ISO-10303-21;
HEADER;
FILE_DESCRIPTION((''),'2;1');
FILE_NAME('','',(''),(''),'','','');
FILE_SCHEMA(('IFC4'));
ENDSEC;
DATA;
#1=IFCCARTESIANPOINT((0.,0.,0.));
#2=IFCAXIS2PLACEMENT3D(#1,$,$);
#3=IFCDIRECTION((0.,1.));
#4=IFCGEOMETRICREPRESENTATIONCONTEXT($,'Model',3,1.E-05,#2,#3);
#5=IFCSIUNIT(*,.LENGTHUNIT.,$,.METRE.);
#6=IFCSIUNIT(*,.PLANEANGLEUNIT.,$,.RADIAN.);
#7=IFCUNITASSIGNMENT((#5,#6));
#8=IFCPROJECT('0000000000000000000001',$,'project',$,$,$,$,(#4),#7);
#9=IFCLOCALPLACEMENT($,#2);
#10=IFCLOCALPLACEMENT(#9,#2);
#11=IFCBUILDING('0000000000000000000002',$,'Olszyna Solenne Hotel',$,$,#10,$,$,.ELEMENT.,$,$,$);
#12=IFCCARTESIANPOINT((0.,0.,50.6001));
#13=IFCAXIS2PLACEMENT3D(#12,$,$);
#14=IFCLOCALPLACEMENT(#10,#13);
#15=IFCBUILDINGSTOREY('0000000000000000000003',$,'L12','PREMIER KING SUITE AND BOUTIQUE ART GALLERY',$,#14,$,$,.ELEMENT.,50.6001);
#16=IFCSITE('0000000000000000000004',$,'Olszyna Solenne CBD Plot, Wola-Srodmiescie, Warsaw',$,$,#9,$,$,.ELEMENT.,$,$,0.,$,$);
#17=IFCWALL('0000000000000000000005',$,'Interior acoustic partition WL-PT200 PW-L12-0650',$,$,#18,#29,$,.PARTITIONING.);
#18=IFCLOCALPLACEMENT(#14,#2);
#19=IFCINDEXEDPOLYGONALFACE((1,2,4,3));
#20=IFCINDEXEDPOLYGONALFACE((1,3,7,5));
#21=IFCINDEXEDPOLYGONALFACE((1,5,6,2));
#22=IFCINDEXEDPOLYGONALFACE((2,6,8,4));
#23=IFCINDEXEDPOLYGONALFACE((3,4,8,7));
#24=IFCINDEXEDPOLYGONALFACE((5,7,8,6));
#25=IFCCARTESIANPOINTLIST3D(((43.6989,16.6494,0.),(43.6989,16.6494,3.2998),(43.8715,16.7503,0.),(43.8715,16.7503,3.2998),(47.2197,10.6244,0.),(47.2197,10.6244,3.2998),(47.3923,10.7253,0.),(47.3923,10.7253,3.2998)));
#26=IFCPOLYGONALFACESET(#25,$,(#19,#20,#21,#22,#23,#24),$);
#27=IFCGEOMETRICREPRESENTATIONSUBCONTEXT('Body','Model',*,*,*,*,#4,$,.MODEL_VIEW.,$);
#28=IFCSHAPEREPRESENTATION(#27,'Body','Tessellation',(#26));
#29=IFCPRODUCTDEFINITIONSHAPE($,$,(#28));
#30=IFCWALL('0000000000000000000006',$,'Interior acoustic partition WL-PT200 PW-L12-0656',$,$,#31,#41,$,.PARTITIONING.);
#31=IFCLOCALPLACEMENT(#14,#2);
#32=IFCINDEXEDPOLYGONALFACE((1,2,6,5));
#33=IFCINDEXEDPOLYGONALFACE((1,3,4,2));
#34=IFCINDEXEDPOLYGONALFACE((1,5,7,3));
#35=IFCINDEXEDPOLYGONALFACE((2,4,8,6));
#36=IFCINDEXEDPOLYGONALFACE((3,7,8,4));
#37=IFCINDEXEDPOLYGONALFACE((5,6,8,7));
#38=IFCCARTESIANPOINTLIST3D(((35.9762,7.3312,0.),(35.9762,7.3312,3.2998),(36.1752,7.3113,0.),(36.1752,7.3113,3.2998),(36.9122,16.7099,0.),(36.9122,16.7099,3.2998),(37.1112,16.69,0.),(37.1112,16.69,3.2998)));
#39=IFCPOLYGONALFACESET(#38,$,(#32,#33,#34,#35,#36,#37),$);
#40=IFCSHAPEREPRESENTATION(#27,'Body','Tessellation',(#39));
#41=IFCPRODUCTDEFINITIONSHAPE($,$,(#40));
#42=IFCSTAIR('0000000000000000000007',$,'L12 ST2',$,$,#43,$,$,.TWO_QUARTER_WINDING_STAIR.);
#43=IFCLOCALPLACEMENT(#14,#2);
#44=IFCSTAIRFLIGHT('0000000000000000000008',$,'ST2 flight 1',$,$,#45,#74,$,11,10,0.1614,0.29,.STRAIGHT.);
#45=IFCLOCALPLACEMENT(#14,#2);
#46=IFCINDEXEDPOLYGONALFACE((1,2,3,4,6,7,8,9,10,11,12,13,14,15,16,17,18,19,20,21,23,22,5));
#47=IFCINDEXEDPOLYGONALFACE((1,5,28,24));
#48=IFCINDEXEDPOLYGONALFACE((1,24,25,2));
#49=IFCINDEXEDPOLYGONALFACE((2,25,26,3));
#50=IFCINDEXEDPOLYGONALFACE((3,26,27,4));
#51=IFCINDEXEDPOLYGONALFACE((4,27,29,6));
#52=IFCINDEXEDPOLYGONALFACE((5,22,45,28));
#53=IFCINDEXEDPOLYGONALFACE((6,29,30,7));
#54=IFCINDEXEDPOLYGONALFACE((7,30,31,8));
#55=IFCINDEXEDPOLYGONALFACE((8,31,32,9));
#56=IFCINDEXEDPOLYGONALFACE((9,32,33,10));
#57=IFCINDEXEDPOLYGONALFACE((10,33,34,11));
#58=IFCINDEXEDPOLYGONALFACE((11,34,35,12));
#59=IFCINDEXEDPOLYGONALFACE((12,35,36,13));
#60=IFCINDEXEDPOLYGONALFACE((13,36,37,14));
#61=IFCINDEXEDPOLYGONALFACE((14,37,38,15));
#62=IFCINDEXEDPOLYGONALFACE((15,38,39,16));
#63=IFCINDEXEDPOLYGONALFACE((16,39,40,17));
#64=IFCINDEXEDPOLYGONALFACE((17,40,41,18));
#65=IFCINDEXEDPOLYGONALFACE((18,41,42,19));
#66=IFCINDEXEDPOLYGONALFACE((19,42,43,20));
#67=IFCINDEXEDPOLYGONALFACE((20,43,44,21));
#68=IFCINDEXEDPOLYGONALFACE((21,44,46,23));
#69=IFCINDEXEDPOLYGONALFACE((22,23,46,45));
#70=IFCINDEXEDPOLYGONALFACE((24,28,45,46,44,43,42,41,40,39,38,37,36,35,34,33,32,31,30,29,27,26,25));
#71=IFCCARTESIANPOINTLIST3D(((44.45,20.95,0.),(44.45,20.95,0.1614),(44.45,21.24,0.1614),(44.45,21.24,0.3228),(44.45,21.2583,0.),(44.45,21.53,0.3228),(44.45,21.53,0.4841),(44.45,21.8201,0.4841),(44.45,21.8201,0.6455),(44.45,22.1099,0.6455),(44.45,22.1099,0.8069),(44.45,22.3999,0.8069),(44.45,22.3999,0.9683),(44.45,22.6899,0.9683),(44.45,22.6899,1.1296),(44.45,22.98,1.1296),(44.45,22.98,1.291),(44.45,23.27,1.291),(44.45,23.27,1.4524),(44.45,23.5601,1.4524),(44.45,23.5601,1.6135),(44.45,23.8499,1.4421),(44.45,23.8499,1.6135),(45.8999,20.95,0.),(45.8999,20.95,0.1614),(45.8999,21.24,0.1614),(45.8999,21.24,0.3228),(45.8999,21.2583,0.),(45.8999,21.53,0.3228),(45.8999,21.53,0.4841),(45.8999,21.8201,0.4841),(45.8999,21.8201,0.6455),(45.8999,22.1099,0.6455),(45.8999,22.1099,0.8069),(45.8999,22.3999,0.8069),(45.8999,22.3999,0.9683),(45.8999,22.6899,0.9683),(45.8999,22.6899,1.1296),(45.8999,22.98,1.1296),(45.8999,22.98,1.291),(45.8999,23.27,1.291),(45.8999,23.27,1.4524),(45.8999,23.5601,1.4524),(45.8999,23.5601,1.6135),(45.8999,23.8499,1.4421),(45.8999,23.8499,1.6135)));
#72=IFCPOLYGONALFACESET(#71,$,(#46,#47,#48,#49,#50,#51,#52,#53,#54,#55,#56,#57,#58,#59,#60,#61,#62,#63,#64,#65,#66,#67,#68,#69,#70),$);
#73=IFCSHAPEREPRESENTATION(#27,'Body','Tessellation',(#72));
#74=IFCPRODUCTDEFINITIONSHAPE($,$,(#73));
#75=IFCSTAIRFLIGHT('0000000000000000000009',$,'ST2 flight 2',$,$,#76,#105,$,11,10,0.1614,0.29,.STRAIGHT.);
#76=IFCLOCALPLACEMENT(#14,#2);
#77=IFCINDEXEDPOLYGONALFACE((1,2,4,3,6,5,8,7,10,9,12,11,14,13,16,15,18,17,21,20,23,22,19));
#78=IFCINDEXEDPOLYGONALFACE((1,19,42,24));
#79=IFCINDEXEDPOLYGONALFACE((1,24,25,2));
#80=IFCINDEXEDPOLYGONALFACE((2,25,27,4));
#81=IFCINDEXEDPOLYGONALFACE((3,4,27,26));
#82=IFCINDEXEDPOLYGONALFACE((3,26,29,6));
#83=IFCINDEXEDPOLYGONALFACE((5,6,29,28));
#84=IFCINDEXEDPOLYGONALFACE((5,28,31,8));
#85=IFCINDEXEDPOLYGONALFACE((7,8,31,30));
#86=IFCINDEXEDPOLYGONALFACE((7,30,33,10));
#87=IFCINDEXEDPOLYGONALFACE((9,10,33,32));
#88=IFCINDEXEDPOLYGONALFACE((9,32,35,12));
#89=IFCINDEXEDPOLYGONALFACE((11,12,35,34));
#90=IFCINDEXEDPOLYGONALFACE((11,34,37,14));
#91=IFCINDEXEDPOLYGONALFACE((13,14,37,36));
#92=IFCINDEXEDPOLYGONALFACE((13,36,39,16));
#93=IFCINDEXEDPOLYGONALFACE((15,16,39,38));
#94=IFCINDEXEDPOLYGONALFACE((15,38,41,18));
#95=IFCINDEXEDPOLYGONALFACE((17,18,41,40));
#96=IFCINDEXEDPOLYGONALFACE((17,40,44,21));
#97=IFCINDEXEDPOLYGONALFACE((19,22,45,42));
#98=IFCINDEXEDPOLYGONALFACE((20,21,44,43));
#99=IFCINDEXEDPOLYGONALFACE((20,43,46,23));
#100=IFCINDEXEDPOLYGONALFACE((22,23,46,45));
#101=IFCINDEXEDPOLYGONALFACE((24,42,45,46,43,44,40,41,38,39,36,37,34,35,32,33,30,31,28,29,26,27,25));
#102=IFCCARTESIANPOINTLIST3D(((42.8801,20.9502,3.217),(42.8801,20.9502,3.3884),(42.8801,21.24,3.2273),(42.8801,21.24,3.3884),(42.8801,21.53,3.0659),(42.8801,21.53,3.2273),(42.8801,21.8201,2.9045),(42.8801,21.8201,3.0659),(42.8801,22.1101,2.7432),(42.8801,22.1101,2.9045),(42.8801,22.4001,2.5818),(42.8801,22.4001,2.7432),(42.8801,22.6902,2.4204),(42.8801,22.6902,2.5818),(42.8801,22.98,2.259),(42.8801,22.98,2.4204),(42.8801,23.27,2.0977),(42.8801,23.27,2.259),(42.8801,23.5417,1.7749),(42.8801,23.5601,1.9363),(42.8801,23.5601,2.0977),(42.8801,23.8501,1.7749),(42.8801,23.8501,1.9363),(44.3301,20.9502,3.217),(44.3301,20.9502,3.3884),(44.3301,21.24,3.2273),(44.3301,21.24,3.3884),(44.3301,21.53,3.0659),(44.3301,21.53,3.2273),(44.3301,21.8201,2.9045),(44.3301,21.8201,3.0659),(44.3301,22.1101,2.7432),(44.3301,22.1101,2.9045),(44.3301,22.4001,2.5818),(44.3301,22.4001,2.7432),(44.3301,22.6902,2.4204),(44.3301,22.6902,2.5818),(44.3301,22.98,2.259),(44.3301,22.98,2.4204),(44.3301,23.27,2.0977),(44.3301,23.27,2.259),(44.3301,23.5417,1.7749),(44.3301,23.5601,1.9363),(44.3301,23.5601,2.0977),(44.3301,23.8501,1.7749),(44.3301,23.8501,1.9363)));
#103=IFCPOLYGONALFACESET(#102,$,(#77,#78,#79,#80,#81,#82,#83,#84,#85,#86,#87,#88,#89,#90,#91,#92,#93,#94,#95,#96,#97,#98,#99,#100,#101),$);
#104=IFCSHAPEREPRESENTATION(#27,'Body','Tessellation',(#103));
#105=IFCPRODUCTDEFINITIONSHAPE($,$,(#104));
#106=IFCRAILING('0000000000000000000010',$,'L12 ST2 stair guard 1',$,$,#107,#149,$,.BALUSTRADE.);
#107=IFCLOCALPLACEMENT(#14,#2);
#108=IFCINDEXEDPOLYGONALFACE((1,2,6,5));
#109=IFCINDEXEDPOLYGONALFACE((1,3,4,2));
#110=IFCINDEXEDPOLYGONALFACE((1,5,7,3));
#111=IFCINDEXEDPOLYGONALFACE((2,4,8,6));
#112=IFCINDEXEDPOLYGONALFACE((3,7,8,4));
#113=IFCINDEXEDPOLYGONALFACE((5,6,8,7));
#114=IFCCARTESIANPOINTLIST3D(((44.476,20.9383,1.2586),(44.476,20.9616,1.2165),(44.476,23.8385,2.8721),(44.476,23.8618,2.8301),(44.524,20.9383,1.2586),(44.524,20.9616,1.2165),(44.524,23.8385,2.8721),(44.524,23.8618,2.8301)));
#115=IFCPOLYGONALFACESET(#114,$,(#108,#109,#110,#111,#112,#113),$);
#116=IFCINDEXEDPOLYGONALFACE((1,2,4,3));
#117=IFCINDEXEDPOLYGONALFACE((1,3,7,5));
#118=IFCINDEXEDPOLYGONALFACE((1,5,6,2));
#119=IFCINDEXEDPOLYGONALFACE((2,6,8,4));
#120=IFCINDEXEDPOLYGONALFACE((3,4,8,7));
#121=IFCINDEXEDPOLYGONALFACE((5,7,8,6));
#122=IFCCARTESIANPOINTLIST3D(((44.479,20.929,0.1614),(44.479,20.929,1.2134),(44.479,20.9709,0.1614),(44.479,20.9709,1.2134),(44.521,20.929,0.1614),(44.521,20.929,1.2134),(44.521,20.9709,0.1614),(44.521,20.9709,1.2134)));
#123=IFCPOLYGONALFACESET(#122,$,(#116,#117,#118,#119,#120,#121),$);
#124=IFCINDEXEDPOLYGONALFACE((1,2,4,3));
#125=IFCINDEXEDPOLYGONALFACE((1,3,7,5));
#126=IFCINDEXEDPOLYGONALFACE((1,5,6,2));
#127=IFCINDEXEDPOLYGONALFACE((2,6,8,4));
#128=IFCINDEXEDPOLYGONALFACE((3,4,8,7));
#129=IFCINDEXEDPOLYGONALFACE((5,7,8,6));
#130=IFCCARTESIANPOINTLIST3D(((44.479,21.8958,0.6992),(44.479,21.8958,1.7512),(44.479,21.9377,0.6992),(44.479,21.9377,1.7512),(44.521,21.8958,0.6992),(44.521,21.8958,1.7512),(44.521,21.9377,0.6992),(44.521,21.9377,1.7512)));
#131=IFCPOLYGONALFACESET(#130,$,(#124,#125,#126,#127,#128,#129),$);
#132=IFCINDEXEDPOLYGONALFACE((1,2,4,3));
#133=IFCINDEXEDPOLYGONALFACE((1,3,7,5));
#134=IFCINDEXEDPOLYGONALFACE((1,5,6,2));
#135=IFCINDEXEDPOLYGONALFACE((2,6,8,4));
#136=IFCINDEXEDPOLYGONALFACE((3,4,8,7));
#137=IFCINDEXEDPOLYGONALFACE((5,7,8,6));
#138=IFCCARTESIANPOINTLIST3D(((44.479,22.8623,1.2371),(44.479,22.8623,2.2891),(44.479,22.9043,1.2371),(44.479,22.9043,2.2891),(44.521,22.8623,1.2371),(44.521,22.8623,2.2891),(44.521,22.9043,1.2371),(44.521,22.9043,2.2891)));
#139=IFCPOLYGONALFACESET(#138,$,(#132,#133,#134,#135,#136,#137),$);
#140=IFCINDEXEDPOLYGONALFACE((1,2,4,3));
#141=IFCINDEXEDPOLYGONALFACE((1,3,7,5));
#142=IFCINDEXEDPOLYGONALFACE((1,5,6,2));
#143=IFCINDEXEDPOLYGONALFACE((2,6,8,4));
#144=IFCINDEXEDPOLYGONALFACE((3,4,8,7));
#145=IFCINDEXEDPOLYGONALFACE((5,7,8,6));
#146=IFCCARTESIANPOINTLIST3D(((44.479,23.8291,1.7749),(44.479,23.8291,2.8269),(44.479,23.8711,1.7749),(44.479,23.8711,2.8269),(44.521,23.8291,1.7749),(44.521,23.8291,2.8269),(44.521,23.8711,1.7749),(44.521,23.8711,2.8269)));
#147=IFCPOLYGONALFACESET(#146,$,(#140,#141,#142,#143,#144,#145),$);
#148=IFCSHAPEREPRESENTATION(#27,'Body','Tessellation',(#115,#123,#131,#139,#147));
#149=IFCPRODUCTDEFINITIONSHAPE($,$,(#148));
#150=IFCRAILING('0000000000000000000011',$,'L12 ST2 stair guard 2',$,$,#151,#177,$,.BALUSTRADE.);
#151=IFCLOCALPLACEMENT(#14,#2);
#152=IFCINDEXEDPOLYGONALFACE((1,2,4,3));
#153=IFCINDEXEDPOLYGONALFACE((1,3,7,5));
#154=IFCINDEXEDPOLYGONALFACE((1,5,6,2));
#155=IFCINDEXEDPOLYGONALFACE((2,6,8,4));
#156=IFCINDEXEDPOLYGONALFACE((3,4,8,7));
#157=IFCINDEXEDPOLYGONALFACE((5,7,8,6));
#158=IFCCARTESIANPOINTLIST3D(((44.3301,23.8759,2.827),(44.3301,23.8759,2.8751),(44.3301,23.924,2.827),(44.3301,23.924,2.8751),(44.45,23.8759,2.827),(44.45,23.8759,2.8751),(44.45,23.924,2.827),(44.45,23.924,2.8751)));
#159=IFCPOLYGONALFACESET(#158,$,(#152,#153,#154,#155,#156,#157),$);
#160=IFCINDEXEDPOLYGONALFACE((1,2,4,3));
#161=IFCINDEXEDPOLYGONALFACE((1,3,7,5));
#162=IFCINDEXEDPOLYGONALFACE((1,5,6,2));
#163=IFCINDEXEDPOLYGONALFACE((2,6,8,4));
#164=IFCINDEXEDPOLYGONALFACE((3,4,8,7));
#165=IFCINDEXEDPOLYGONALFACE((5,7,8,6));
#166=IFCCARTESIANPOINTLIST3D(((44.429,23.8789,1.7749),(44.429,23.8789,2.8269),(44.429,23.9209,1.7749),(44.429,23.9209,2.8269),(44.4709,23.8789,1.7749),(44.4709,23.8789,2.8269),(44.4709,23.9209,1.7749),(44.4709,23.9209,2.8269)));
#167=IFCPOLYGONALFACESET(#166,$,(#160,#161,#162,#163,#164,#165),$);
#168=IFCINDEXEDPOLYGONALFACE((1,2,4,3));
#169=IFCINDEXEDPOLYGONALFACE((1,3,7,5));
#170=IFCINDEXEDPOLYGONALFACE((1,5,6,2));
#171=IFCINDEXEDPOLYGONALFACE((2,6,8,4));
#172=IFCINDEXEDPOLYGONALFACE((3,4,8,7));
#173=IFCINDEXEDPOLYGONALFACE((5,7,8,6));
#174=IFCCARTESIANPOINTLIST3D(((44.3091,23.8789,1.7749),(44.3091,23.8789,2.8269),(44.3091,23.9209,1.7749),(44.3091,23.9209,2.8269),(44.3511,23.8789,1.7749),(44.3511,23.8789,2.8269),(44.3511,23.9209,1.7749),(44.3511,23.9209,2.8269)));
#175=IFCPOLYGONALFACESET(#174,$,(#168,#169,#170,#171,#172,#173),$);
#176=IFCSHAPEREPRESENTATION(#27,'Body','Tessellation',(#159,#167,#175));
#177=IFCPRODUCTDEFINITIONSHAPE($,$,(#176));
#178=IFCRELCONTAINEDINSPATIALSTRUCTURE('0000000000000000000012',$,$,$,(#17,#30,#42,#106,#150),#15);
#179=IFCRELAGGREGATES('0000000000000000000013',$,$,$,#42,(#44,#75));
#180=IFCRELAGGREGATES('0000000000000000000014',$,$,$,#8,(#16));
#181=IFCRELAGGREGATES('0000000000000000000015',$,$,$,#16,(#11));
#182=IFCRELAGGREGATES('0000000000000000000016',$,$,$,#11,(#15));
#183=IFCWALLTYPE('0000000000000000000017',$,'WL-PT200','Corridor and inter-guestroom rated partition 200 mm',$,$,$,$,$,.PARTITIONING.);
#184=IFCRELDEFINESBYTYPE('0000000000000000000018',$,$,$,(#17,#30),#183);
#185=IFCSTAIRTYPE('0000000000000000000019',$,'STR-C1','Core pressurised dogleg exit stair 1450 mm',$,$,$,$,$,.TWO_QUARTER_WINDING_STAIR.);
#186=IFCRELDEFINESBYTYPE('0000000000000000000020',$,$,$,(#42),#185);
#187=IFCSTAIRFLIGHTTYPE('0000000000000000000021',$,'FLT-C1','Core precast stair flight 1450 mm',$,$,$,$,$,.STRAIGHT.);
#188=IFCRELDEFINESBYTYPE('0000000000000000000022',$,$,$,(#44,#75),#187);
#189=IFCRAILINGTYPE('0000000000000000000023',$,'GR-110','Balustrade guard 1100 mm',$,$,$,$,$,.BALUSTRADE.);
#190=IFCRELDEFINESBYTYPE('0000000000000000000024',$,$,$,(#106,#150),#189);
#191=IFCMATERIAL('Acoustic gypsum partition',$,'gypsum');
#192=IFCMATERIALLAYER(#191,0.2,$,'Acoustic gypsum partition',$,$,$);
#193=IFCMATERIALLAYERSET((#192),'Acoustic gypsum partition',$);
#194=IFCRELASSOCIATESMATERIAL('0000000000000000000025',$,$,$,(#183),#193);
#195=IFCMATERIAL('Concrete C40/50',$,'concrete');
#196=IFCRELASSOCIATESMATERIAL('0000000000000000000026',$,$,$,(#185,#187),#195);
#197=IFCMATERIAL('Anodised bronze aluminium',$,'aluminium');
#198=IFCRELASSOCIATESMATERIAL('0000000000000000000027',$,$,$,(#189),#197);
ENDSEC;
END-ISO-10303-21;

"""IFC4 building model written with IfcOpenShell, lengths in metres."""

from ifc_helpers import new_model, si_unit, direction, frame, frame_2d, origin, origin_2d, place, context, subcontext, project, spatial, polyline, rectangle, outline, extrude, material, layer, layer_set, type_object, element, aggregate, save


model = new_model("IFC4")

# Units and contexts
model_context = context("Model", 3, precision=1e-05, world=origin(), true_north=direction((0.0, 1.0)))
body_context = subcontext(model_context, "Body", "Model", "MODEL_VIEW")
ifc_project = project(units=[si_unit("LENGTHUNIT", "METRE"), si_unit("PLANEANGLEUNIT", "RADIAN")], contexts=[model_context])

# Site, building, storey
site_placement = place(None, origin())
site = spatial("IfcSite", under=ifc_project, at=site_placement, Name="Olszyna Solenne CBD Plot, Wola-Srodmiescie, Warsaw", CompositionType="ELEMENT", RefElevation=0.0)
building_placement = place(site_placement, origin())
building = spatial("IfcBuilding", under=site, at=building_placement, Name="Olszyna Solenne Hotel", CompositionType="ELEMENT")
storey_placement = place(building_placement, frame((0.0, 0.0, 50.6001)))
storey = spatial("IfcBuildingStorey", under=building, at=storey_placement, Name="L12", Description="PREMIER KING SUITE AND BOUTIQUE ART GALLERY", CompositionType="ELEMENT", Elevation=50.6001)

# Shared definitions
ifc_material_1 = material(Name="Acoustic gypsum partition", Category="gypsum")

# Walls
ifc_layer_1 = layer(ifc_material_1, 0.2, Name="Acoustic gypsum partition")
ifc_layer_set_1 = layer_set([ifc_layer_1], Name="Acoustic gypsum partition")
wall_type_1 = type_object("IfcWallType", Name="WL-PT200", Description="Corridor and inter-guestroom rated partition 200 mm", PredefinedType="PARTITIONING", material=ifc_layer_set_1)
wall_1_placement = place(storey_placement, frame((43.7852, 16.7, 0.0), z_axis=(0.0, 0.0, 1.0), x_axis=(0.504537, -0.86339, 0.0)))
element("IfcWall", 1, at=wall_1_placement, inside=storey, type_object=wall_type_1, Name="Interior acoustic partition WL-PT200 PW-L12-0650", PredefinedType="PARTITIONING", context=body_context, shape_type="SweptSolid", body=[
    extrude(rectangle(XDim=6.9783, YDim=0.2, at=frame_2d((3.4893, 0.0))), origin(), (0.0, 0.0, 1.0), 3.2998),
])
wall_2_placement = place(storey_placement, frame((37.0117, 16.7, 0.0), z_axis=(0.0, 0.0, 1.0), x_axis=(-0.099311, -0.995056, 0.0)))
element("IfcWall", 2, at=wall_2_placement, inside=storey, type_object=wall_type_1, Name="Interior acoustic partition WL-PT200 PW-L12-0656", PredefinedType="PARTITIONING", context=body_context, shape_type="SweptSolid", body=[
    extrude(rectangle(XDim=9.4253, YDim=0.2, at=frame_2d((4.7126, 0.0))), origin(), (0.0, 0.0, 1.0), 3.2998),
])

# Stair, stair flights
ifc_material_2 = material(Name="Concrete C40/50", Category="concrete")
stair_type = type_object("IfcStairType", Name="STR-C1", Description="Core pressurised dogleg exit stair 1450 mm", PredefinedType="TWO_QUARTER_WINDING_STAIR", material=ifc_material_2)
stair_placement = place(storey_placement, origin())
stair = element("IfcStair", 3, at=stair_placement, inside=storey, type_object=stair_type, Name="L12 ST2", PredefinedType="TWO_QUARTER_WINDING_STAIR")
stair_flight_type = type_object("IfcStairFlightType", Name="FLT-C1", Description="Core precast stair flight 1450 mm", PredefinedType="STRAIGHT", material=ifc_material_2)
stair_flight_1_placement = place(storey_placement, frame((45.175, 20.95, 0.0), z_axis=(0.0, 0.0, 1.0), x_axis=(0.0, 1.0, 0.0)))
stair_flight_1 = element("IfcStairFlight", 4, at=stair_flight_1_placement, type_object=stair_flight_type, Name="ST2 flight 1", NumberOfRisers=11, NumberOfTreads=10, PredefinedType="STRAIGHT", RiserHeight=0.1614, TreadLength=0.29, context=body_context, shape_type="SweptSolid", body=[
    extrude(outline(polyline([(0.0, 0.0), (0.0, 0.1614), (0.29, 0.1614), (0.29, 0.3228), (0.5801, 0.3228), (0.5801, 0.4841), (0.8701, 0.4841), (0.8701, 0.6455), (1.1599, 0.6455), (1.1599, 0.8069), (1.45, 0.8069), (1.45, 0.9683), (1.74, 0.9683), (1.74, 1.1296), (2.03, 1.1296), (2.03, 1.291), (2.3201, 1.291), (2.3201, 1.4524), (2.6101, 1.4524), (2.6101, 1.6135), (2.8999, 1.6135), (2.8999, 1.7749), (2.8999, 1.4421), (0.3083, 0.0), (0.0, 0.0)])), frame((0.0, 0.7251, 0.0), z_axis=(0.0, -1.0, 0.0), x_axis=(1.0, 0.0, 0.0)), (0.0, 0.0, 1.0), 1.45),
])
stair_flight_2_placement = place(storey_placement, frame((43.605, 23.8501, 1.7749), z_axis=(0.0, 0.0, 1.0), x_axis=(0.0, -1.0, 0.0)))
stair_flight_2 = element("IfcStairFlight", 5, at=stair_flight_2_placement, type_object=stair_flight_type, Name="ST2 flight 2", NumberOfRisers=11, NumberOfTreads=10, PredefinedType="STRAIGHT", RiserHeight=0.1614, TreadLength=0.29, context=body_context, shape_type="SweptSolid", body=[
    extrude(outline(polyline([(0.0, 0.0), (0.0, 0.1614), (0.29, 0.1614), (0.29, 0.3228), (0.5801, 0.3228), (0.5801, 0.4841), (0.8701, 0.4841), (0.8701, 0.6455), (1.1599, 0.6455), (1.1599, 0.8069), (1.45, 0.8069), (1.45, 0.9683), (1.74, 0.9683), (1.74, 1.1296), (2.03, 1.1296), (2.03, 1.291), (2.3201, 1.291), (2.3201, 1.4524), (2.6101, 1.4524), (2.6101, 1.6135), (2.8999, 1.6135), (2.8999, 1.7749), (2.8999, 1.4421), (0.3083, 0.0), (0.0, 0.0)])), frame((0.0, 0.7251, 0.0), z_axis=(0.0, -1.0, 0.0), x_axis=(1.0, 0.0, 0.0)), (0.0, 0.0, 1.0), 1.45),
])
aggregate(stair, [stair_flight_1, stair_flight_2])

# Railings
ifc_material_3 = material(Name="Anodised bronze aluminium", Category="aluminium")
railing_type_1 = type_object("IfcRailingType", Name="GR-110", Description="Balustrade guard 1100 mm", PredefinedType="BALUSTRADE", material=ifc_material_3)
railing_1_placement = place(storey_placement, frame((44.5, 20.95, 0.1614)))
element("IfcRailing", 6, at=railing_1_placement, inside=storey, type_object=railing_type_1, Name="L12 ST2 stair guard 1", PredefinedType="BALUSTRADE", context=body_context, shape_type="SweptSolid", body=[
    extrude(rectangle(XDim=0.0481, YDim=0.0481, at=origin_2d()), frame((0.0, 0.0, 1.0762), z_axis=(0.0, 0.873859, 0.48618), x_axis=(-1.0, 0.0, 0.0)), (0.0, 0.0, 1.0), 3.3188),
    extrude(rectangle(XDim=0.042, YDim=0.042, at=origin_2d()), origin(), (0.0, 0.0, 1.0), 1.052),
    extrude(rectangle(XDim=0.042, YDim=0.042, at=origin_2d()), frame((0.0, 0.9668, 0.5378)), (0.0, 0.0, 1.0), 1.052),
    extrude(rectangle(XDim=0.042, YDim=0.042, at=origin_2d()), frame((0.0, 1.9333, 1.0757)), (0.0, 0.0, 1.0), 1.052),
    extrude(rectangle(XDim=0.042, YDim=0.042, at=origin_2d()), frame((0.0, 2.9001, 1.6135)), (0.0, 0.0, 1.0), 1.052),
])
railing_2_placement = place(storey_placement, frame((44.45, 23.8999, 1.7749)))
element("IfcRailing", 7, at=railing_2_placement, inside=storey, type_object=railing_type_1, Name="L12 ST2 stair guard 2", PredefinedType="BALUSTRADE", context=body_context, shape_type="SweptSolid", body=[
    extrude(rectangle(XDim=0.0481, YDim=0.0481, at=origin_2d()), frame((0.0, 0.0, 1.0762), z_axis=(-1.0, 0.0, 0.0), x_axis=(0.0, -1.0, 0.0)), (0.0, 0.0, 1.0), 0.1199),
    extrude(rectangle(XDim=0.042, YDim=0.042, at=origin_2d()), origin(), (0.0, 0.0, 1.0), 1.052),
    extrude(rectangle(XDim=0.042, YDim=0.042, at=origin_2d()), frame((-0.1199, 0.0, 0.0)), (0.0, 0.0, 1.0), 1.052),
])

save(model, "model.ifc")
